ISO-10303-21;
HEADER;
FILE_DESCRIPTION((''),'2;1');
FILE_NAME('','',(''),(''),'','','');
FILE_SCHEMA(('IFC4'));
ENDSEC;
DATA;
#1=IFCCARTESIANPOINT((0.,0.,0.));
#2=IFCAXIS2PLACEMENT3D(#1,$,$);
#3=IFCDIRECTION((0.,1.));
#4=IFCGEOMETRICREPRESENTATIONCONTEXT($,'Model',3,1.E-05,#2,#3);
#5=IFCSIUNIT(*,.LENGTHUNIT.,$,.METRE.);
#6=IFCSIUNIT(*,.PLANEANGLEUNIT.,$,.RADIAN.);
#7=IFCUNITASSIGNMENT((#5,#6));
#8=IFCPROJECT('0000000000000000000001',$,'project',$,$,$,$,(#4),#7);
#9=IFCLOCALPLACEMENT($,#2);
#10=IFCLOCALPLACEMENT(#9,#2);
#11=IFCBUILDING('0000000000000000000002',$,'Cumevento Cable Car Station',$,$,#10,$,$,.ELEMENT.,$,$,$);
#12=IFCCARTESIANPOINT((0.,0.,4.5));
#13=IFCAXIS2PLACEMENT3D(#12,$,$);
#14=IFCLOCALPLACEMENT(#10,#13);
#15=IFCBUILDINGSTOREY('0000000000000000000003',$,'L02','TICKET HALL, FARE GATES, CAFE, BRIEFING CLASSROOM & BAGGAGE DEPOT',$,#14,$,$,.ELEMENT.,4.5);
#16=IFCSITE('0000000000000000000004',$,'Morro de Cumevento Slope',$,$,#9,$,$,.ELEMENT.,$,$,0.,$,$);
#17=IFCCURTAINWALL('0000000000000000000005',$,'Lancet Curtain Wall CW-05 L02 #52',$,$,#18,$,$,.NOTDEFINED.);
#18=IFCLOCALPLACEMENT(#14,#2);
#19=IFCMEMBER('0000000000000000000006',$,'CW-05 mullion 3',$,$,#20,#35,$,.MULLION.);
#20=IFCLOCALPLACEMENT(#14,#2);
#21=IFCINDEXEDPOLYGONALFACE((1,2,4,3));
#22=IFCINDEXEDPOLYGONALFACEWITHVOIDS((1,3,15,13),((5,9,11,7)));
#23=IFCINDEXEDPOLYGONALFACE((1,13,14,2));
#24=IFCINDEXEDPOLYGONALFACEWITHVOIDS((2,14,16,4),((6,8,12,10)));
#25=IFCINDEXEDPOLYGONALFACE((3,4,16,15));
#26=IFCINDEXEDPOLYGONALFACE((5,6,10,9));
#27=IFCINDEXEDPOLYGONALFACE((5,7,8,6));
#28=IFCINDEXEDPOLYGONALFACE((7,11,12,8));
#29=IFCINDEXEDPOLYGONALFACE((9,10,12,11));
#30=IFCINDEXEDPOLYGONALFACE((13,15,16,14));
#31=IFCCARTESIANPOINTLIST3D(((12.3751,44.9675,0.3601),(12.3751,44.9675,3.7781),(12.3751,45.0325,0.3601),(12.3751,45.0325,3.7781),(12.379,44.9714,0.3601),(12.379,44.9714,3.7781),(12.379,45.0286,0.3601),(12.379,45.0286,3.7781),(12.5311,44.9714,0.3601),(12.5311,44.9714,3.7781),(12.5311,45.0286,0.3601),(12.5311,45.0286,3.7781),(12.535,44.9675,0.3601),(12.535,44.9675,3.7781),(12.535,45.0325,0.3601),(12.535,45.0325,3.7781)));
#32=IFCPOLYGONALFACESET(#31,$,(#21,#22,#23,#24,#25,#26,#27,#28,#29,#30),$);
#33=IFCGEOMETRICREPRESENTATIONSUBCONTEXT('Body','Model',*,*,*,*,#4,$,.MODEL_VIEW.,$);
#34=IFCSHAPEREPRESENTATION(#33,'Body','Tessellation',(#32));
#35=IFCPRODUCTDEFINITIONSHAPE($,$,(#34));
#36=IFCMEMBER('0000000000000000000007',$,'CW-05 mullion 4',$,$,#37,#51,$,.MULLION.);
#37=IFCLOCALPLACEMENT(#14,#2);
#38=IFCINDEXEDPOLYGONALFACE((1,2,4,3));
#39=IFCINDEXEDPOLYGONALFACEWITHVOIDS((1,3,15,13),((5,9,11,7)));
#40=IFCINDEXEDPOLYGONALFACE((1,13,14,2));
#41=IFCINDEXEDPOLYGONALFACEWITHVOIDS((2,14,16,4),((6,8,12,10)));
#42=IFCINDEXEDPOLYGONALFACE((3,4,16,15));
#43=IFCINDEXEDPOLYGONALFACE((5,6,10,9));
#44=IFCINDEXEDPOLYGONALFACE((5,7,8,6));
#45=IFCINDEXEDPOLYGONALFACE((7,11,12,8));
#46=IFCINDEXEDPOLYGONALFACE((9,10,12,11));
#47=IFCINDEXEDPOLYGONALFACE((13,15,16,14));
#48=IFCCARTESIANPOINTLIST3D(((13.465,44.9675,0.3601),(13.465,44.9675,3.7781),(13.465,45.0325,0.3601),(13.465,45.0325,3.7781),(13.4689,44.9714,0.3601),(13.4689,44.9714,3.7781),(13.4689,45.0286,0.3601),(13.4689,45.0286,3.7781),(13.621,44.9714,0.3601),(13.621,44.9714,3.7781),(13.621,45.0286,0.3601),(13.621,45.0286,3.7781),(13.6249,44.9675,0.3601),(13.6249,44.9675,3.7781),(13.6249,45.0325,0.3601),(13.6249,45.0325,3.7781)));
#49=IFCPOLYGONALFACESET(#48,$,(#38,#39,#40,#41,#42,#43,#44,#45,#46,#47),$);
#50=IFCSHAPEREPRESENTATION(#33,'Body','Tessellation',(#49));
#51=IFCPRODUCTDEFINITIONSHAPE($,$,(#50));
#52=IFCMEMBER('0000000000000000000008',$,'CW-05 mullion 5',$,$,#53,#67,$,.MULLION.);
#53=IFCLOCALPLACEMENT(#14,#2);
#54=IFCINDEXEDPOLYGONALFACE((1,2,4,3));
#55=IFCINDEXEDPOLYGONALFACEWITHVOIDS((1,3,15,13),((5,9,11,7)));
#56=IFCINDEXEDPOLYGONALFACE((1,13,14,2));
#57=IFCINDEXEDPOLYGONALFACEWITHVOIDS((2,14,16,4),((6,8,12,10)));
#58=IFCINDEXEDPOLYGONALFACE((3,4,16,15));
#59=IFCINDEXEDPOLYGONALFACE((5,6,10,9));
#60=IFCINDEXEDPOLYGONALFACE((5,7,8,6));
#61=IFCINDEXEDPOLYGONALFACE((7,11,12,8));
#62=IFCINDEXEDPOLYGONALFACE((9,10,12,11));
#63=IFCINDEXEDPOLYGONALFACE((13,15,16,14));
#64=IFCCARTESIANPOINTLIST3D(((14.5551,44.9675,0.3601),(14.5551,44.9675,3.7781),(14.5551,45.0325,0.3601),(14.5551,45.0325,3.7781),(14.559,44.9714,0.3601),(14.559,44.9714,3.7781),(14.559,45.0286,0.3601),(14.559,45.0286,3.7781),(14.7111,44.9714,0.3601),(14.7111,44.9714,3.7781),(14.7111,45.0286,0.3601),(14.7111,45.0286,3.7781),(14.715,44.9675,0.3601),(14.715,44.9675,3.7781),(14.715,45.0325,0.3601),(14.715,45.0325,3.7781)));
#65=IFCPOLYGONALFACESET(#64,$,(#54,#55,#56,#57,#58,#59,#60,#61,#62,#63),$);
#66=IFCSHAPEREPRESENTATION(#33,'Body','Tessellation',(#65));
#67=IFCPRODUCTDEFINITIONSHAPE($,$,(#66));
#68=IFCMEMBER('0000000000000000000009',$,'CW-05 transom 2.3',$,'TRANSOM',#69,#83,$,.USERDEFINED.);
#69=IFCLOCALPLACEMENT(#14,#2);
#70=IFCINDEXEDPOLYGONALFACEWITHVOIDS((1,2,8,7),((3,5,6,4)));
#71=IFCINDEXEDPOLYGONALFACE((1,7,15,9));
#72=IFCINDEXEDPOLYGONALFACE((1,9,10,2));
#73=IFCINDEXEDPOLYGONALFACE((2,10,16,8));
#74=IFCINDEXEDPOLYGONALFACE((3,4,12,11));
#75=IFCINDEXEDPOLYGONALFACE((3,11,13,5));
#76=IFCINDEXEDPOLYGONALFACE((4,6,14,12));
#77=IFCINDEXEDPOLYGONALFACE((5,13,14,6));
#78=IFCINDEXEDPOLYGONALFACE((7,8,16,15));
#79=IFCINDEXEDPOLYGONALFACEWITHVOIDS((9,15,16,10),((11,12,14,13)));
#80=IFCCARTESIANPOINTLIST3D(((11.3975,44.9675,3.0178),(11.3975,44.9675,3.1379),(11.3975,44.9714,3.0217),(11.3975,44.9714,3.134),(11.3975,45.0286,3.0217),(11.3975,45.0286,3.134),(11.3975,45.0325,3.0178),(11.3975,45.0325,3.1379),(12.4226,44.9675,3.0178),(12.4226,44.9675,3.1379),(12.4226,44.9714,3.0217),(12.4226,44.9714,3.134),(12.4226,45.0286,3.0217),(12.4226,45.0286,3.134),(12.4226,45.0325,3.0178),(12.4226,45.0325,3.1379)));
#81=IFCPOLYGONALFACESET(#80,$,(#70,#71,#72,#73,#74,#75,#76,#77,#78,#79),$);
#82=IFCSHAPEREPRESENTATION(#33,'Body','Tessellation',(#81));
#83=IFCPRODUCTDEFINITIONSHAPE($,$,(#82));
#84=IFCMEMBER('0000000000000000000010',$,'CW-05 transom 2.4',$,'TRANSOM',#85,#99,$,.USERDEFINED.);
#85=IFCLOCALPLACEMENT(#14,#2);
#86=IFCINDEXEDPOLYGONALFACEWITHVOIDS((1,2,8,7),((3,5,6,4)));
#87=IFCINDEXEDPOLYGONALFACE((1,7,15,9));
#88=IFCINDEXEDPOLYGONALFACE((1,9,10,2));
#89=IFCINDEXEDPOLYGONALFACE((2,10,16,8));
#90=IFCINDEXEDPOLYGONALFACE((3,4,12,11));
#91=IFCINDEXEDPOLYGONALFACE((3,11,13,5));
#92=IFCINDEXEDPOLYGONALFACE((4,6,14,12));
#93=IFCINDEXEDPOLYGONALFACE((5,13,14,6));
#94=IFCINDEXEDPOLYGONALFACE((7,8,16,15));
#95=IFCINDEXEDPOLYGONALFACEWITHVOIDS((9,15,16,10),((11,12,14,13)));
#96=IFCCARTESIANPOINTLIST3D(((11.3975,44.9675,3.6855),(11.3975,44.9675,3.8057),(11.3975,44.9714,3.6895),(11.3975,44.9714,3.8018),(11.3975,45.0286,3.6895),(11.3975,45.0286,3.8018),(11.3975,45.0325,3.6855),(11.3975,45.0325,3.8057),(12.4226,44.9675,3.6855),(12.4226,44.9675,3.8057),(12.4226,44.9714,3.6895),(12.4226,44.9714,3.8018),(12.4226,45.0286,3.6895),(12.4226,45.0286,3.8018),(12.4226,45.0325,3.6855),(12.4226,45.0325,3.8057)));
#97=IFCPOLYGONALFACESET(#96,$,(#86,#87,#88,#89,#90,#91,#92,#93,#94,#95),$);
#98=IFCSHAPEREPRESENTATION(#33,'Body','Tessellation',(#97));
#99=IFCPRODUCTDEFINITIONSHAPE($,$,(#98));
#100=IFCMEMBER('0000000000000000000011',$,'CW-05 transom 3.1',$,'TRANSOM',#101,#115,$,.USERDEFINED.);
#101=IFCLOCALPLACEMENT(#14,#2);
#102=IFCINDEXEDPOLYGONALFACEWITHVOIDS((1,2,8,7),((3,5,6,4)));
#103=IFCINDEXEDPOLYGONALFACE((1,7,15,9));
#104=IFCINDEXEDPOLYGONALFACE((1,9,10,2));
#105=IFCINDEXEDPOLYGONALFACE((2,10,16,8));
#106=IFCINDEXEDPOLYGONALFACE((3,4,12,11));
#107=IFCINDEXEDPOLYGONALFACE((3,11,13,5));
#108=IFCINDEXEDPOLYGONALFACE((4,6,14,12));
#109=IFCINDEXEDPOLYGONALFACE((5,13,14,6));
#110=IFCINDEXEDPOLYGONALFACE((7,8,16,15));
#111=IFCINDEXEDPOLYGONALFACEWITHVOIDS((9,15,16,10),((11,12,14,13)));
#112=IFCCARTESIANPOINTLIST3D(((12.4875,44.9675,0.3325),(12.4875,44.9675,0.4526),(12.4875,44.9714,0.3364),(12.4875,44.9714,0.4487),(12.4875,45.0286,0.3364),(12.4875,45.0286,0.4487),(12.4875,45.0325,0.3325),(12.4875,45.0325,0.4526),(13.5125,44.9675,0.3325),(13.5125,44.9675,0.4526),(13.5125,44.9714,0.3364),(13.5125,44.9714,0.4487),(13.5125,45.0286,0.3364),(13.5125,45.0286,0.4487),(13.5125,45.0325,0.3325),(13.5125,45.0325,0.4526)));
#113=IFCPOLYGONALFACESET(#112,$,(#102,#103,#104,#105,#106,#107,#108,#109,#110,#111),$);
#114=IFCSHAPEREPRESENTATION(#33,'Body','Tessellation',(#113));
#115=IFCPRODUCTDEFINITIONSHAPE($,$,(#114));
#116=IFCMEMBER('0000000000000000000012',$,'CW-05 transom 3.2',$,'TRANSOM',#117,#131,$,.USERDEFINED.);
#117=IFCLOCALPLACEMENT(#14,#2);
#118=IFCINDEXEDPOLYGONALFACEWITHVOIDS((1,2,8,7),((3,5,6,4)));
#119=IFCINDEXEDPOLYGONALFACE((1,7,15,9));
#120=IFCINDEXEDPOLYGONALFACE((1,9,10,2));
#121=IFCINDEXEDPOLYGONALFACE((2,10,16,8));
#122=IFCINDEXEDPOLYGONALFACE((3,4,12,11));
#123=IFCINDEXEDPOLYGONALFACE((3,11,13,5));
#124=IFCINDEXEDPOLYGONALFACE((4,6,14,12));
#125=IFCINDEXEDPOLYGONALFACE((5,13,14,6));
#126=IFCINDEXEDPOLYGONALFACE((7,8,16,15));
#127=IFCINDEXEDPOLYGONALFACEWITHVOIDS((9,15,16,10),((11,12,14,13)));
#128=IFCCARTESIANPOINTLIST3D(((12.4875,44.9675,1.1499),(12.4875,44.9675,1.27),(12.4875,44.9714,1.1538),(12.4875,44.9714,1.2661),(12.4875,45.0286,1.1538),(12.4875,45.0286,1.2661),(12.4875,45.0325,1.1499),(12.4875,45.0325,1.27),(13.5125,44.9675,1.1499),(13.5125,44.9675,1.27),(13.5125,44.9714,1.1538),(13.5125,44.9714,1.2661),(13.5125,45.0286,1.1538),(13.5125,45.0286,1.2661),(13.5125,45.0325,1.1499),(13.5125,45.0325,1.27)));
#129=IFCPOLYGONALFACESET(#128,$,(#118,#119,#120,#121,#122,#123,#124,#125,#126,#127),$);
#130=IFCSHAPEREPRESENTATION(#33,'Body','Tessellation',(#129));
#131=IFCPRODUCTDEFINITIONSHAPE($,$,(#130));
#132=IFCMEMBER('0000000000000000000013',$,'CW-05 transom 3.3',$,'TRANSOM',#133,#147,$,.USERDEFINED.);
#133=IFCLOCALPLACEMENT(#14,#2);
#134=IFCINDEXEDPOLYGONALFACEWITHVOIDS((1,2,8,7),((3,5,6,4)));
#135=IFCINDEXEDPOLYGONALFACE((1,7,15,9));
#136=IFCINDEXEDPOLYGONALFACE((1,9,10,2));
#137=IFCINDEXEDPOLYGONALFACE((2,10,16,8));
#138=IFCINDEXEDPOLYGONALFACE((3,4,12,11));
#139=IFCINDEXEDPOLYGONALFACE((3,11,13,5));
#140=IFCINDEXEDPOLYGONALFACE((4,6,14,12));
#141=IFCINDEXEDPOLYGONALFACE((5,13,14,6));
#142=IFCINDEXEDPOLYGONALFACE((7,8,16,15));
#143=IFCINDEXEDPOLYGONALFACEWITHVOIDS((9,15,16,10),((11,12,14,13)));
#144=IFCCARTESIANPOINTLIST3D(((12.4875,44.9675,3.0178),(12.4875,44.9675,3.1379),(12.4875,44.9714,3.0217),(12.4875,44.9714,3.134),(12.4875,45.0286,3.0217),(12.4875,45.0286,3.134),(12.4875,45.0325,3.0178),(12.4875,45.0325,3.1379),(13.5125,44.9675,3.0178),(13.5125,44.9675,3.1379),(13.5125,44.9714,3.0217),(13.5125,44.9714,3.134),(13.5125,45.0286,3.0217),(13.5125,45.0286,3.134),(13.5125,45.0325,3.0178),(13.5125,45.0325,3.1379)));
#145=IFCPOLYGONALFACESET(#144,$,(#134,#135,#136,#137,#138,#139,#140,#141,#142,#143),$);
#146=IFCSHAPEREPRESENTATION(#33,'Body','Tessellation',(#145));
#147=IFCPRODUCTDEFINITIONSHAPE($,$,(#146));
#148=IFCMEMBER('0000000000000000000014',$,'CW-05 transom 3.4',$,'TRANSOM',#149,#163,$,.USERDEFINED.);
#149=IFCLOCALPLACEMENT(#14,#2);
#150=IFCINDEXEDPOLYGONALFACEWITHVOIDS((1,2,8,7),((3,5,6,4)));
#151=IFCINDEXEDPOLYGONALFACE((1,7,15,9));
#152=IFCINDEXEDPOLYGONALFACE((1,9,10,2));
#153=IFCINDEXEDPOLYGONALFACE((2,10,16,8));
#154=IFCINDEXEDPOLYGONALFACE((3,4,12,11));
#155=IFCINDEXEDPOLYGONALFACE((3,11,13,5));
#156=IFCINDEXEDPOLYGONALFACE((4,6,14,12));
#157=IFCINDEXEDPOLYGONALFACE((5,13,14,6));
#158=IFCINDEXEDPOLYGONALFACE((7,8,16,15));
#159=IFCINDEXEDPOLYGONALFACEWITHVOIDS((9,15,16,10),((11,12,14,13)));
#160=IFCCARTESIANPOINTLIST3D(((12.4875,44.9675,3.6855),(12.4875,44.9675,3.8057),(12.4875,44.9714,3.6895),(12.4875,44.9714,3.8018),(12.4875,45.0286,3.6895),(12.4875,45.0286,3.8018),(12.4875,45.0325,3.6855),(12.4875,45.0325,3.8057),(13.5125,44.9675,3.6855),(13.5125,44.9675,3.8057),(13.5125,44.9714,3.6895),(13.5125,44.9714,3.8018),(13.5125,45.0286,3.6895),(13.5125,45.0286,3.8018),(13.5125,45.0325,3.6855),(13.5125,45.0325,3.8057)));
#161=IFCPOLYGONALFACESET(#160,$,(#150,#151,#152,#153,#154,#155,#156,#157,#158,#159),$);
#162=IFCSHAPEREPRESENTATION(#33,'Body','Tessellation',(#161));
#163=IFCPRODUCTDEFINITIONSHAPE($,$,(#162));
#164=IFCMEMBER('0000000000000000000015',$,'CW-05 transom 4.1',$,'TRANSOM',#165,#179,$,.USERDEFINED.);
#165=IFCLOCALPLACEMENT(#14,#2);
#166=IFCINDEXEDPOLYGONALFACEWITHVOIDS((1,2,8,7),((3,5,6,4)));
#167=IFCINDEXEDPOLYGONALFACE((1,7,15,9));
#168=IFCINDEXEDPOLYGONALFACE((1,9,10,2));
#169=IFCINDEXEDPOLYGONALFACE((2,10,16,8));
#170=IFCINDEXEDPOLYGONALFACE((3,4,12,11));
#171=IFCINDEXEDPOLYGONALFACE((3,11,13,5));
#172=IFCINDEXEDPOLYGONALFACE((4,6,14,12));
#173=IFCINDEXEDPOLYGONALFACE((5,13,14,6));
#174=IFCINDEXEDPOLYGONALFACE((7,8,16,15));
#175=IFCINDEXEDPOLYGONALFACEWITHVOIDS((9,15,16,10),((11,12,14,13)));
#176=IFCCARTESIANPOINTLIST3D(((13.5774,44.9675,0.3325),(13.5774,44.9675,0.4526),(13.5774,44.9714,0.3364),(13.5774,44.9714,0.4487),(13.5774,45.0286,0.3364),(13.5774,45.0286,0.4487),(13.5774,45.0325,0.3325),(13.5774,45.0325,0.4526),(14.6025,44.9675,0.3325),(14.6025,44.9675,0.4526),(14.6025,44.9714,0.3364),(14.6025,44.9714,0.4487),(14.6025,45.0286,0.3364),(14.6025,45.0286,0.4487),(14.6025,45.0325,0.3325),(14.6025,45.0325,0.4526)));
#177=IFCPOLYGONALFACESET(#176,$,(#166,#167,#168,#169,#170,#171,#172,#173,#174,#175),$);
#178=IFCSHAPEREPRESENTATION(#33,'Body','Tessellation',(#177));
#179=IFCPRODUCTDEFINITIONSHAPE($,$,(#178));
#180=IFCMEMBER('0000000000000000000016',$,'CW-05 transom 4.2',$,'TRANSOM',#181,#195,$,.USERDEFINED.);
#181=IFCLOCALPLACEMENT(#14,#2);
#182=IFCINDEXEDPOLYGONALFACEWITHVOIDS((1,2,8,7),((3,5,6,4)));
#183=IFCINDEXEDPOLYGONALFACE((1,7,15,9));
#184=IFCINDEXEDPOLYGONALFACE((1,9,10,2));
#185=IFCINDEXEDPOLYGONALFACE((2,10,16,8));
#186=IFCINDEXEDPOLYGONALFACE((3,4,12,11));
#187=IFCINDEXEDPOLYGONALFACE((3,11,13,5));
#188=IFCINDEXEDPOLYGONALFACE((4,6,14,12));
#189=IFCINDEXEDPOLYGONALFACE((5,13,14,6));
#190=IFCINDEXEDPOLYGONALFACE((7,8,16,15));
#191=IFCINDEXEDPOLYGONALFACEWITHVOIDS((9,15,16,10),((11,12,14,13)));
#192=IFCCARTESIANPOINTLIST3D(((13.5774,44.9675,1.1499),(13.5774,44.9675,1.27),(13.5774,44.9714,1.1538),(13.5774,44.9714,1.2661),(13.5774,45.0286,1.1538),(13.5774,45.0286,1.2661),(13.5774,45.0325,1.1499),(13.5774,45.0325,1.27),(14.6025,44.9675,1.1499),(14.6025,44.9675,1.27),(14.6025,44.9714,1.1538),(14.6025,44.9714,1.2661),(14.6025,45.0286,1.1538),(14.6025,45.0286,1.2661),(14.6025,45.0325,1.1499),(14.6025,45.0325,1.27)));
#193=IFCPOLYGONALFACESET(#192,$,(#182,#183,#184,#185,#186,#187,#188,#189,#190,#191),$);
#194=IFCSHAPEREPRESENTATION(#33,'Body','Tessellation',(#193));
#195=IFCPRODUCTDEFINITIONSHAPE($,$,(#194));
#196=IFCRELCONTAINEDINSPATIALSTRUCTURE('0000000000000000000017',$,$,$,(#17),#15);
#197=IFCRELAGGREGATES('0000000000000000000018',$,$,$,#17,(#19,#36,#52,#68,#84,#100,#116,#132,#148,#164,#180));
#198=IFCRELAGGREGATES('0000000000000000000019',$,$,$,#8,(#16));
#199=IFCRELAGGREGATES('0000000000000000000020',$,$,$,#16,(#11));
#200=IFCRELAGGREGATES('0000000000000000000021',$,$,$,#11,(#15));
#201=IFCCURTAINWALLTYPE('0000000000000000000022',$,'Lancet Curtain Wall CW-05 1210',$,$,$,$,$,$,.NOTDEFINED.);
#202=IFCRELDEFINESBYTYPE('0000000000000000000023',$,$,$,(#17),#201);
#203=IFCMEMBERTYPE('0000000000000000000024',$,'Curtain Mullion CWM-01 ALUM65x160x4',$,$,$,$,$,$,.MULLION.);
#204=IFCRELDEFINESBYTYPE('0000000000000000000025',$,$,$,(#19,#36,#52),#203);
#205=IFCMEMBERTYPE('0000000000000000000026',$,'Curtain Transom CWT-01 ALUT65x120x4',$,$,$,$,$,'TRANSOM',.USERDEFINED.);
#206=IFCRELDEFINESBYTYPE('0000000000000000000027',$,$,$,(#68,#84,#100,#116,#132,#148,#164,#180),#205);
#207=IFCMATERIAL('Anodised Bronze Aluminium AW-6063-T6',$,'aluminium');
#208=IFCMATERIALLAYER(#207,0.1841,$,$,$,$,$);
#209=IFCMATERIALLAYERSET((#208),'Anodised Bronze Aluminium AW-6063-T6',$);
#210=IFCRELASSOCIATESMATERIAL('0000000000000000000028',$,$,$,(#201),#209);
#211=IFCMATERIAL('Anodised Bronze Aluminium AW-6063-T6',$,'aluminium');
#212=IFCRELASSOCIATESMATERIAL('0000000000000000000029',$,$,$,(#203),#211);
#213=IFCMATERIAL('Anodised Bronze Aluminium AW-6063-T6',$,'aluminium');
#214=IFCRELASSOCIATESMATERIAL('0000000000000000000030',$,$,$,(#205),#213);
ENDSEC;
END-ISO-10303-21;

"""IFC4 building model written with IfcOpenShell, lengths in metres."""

from ifc_helpers import new_model, si_unit, direction, frame, origin, origin_2d, place, context, subcontext, project, spatial, hollow_rectangle, extrude, material, layer, layer_set, material_profile, profile_set, type_object, element, aggregate, save


model = new_model("IFC4")

# Units and contexts
model_context = context("Model", 3, precision=1e-05, world=origin(), true_north=direction((0.0, 1.0)))
body_context = subcontext(model_context, "Body", "Model", "MODEL_VIEW")
ifc_project = project(units=[si_unit("LENGTHUNIT", "METRE"), si_unit("PLANEANGLEUNIT", "RADIAN")], contexts=[model_context])

# Site, building, storey
site_placement = place(None, origin())
site = spatial("IfcSite", under=ifc_project, at=site_placement, Name="Morro de Cumevento Slope", CompositionType="ELEMENT", RefElevation=0.0)
building_placement = place(site_placement, origin())
building = spatial("IfcBuilding", under=site, at=building_placement, Name="Cumevento Cable Car Station", CompositionType="ELEMENT")
storey_placement = place(building_placement, frame((0.0, 0.0, 4.5)))
storey = spatial("IfcBuildingStorey", under=building, at=storey_placement, Name="L02", Description="TICKET HALL, FARE GATES, CAFE, BRIEFING CLASSROOM & BAGGAGE DEPOT", CompositionType="ELEMENT", Elevation=4.5)

# Curtain wall, members
ifc_material_1 = material(Name="Anodised Bronze Aluminium AW-6063-T6", Category="aluminium")
ifc_layer_1 = layer(ifc_material_1, 0.1841)
ifc_layer_set_1 = layer_set([ifc_layer_1], Name="Anodised Bronze Aluminium AW-6063-T6")
curtain_wall_type = type_object("IfcCurtainWallType", Name="Lancet Curtain Wall CW-05 1210", PredefinedType="NOTDEFINED", material=ifc_layer_set_1)
curtain_wall_placement = place(storey_placement, origin())
curtain_wall = element("IfcCurtainWall", 1, at=curtain_wall_placement, inside=storey, type_object=curtain_wall_type, Name="Lancet Curtain Wall CW-05 L02 #52", PredefinedType="NOTDEFINED")
ifc_material_2 = material(Name="Anodised Bronze Aluminium AW-6063-T6", Category="aluminium")
ifc_material_profile_1 = material_profile(ifc_material_2, hollow_rectangle(XDim=0.0649, YDim=0.1599, WallThickness=0.0039, at=origin_2d()), Name="ALUM65x160x4")
ifc_profile_set_1 = profile_set([ifc_material_profile_1], Name="Anodised Bronze Aluminium AW-6063-T6")
member_type_1 = type_object("IfcMemberType", Name="Curtain Mullion CWM-01 ALUM65x160x4", PredefinedType="MULLION", material=ifc_profile_set_1)
member_1_placement = place(storey_placement, frame((12.4551, 45.0, 0.3601), z_axis=(0.0, 0.0, 1.0), x_axis=(0.0, 1.0, 0.0)))
member_1 = element("IfcMember", 2, at=member_1_placement, type_object=member_type_1, Name="CW-05 mullion 3", PredefinedType="MULLION", context=body_context, shape_type="SweptSolid", body=[
    extrude(hollow_rectangle(XDim=0.0649, YDim=0.1599, WallThickness=0.0039, at=origin_2d()), origin(), (0.0, 0.0, 1.0), 3.418),
])
member_2_placement = place(storey_placement, frame((13.5449, 45.0, 0.3601), z_axis=(0.0, 0.0, 1.0), x_axis=(0.0, 1.0, 0.0)))
member_2 = element("IfcMember", 3, at=member_2_placement, type_object=member_type_1, Name="CW-05 mullion 4", PredefinedType="MULLION", context=body_context, shape_type="SweptSolid", body=[
    extrude(hollow_rectangle(XDim=0.0649, YDim=0.1599, WallThickness=0.0039, at=origin_2d()), origin(), (0.0, 0.0, 1.0), 3.418),
])
member_3_placement = place(storey_placement, frame((14.635, 45.0, 0.3601), z_axis=(0.0, 0.0, 1.0), x_axis=(0.0, 1.0, 0.0)))
member_3 = element("IfcMember", 4, at=member_3_placement, type_object=member_type_1, Name="CW-05 mullion 5", PredefinedType="MULLION", context=body_context, shape_type="SweptSolid", body=[
    extrude(hollow_rectangle(XDim=0.0649, YDim=0.1599, WallThickness=0.0039, at=origin_2d()), origin(), (0.0, 0.0, 1.0), 3.418),
])
ifc_material_3 = material(Name="Anodised Bronze Aluminium AW-6063-T6", Category="aluminium")
ifc_material_profile_2 = material_profile(ifc_material_3, hollow_rectangle(XDim=0.0649, YDim=0.1201, WallThickness=0.0039, at=origin_2d()), Name="ALUT65x120x4")
ifc_profile_set_2 = profile_set([ifc_material_profile_2], Name="Anodised Bronze Aluminium AW-6063-T6")
member_type_2 = type_object("IfcMemberType", Name="Curtain Transom CWT-01 ALUT65x120x4", ElementType="TRANSOM", PredefinedType="USERDEFINED", material=ifc_profile_set_2)
member_4_placement = place(storey_placement, frame((11.3975, 45.0, 3.0779), z_axis=(1.0, 0.0, 0.0), x_axis=(0.0, 1.0, 0.0)))
member_4 = element("IfcMember", 5, at=member_4_placement, type_object=member_type_2, Name="CW-05 transom 2.3", ObjectType="TRANSOM", PredefinedType="USERDEFINED", context=body_context, shape_type="SweptSolid", body=[
    extrude(hollow_rectangle(XDim=0.0649, YDim=0.1201, WallThickness=0.0039, at=origin_2d()), origin(), (0.0, 0.0, 1.0), 1.0251),
])
member_5_placement = place(storey_placement, frame((11.3975, 45.0, 3.7456), z_axis=(1.0, 0.0, 0.0), x_axis=(0.0, 1.0, 0.0)))
member_5 = element("IfcMember", 6, at=member_5_placement, type_object=member_type_2, Name="CW-05 transom 2.4", ObjectType="TRANSOM", PredefinedType="USERDEFINED", context=body_context, shape_type="SweptSolid", body=[
    extrude(hollow_rectangle(XDim=0.0649, YDim=0.1201, WallThickness=0.0039, at=origin_2d()), origin(), (0.0, 0.0, 1.0), 1.0251),
])
member_6_placement = place(storey_placement, frame((12.4875, 45.0, 0.3926), z_axis=(1.0, 0.0, 0.0), x_axis=(0.0, 1.0, 0.0)))
member_6 = element("IfcMember", 7, at=member_6_placement, type_object=member_type_2, Name="CW-05 transom 3.1", ObjectType="TRANSOM", PredefinedType="USERDEFINED", context=body_context, shape_type="SweptSolid", body=[
    extrude(hollow_rectangle(XDim=0.0649, YDim=0.1201, WallThickness=0.0039, at=origin_2d()), origin(), (0.0, 0.0, 1.0), 1.0249),
])
member_7_placement = place(storey_placement, frame((12.4875, 45.0, 1.21), z_axis=(1.0, 0.0, 0.0), x_axis=(0.0, 1.0, 0.0)))
member_7 = element("IfcMember", 8, at=member_7_placement, type_object=member_type_2, Name="CW-05 transom 3.2", ObjectType="TRANSOM", PredefinedType="USERDEFINED", context=body_context, shape_type="SweptSolid", body=[
    extrude(hollow_rectangle(XDim=0.0649, YDim=0.1201, WallThickness=0.0039, at=origin_2d()), origin(), (0.0, 0.0, 1.0), 1.0249),
])
member_8_placement = place(storey_placement, frame((12.4875, 45.0, 3.0779), z_axis=(1.0, 0.0, 0.0), x_axis=(0.0, 1.0, 0.0)))
member_8 = element("IfcMember", 9, at=member_8_placement, type_object=member_type_2, Name="CW-05 transom 3.3", ObjectType="TRANSOM", PredefinedType="USERDEFINED", context=body_context, shape_type="SweptSolid", body=[
    extrude(hollow_rectangle(XDim=0.0649, YDim=0.1201, WallThickness=0.0039, at=origin_2d()), origin(), (0.0, 0.0, 1.0), 1.0249),
])
member_9_placement = place(storey_placement, frame((12.4875, 45.0, 3.7456), z_axis=(1.0, 0.0, 0.0), x_axis=(0.0, 1.0, 0.0)))
member_9 = element("IfcMember", 10, at=member_9_placement, type_object=member_type_2, Name="CW-05 transom 3.4", ObjectType="TRANSOM", PredefinedType="USERDEFINED", context=body_context, shape_type="SweptSolid", body=[
    extrude(hollow_rectangle(XDim=0.0649, YDim=0.1201, WallThickness=0.0039, at=origin_2d()), origin(), (0.0, 0.0, 1.0), 1.0249),
])
member_10_placement = place(storey_placement, frame((13.5774, 45.0, 0.3926), z_axis=(1.0, 0.0, 0.0), x_axis=(0.0, 1.0, 0.0)))
member_10 = element("IfcMember", 11, at=member_10_placement, type_object=member_type_2, Name="CW-05 transom 4.1", ObjectType="TRANSOM", PredefinedType="USERDEFINED", context=body_context, shape_type="SweptSolid", body=[
    extrude(hollow_rectangle(XDim=0.0649, YDim=0.1201, WallThickness=0.0039, at=origin_2d()), origin(), (0.0, 0.0, 1.0), 1.0251),
])
member_11_placement = place(storey_placement, frame((13.5774, 45.0, 1.21), z_axis=(1.0, 0.0, 0.0), x_axis=(0.0, 1.0, 0.0)))
member_11 = element("IfcMember", 12, at=member_11_placement, type_object=member_type_2, Name="CW-05 transom 4.2", ObjectType="TRANSOM", PredefinedType="USERDEFINED", context=body_context, shape_type="SweptSolid", body=[
    extrude(hollow_rectangle(XDim=0.0649, YDim=0.1201, WallThickness=0.0039, at=origin_2d()), origin(), (0.0, 0.0, 1.0), 1.0251),
])
aggregate(curtain_wall, [member_1, member_2, member_3, member_4, member_5, member_6, member_7, member_8, member_9, member_10, member_11])

save(model, "model.ifc")
